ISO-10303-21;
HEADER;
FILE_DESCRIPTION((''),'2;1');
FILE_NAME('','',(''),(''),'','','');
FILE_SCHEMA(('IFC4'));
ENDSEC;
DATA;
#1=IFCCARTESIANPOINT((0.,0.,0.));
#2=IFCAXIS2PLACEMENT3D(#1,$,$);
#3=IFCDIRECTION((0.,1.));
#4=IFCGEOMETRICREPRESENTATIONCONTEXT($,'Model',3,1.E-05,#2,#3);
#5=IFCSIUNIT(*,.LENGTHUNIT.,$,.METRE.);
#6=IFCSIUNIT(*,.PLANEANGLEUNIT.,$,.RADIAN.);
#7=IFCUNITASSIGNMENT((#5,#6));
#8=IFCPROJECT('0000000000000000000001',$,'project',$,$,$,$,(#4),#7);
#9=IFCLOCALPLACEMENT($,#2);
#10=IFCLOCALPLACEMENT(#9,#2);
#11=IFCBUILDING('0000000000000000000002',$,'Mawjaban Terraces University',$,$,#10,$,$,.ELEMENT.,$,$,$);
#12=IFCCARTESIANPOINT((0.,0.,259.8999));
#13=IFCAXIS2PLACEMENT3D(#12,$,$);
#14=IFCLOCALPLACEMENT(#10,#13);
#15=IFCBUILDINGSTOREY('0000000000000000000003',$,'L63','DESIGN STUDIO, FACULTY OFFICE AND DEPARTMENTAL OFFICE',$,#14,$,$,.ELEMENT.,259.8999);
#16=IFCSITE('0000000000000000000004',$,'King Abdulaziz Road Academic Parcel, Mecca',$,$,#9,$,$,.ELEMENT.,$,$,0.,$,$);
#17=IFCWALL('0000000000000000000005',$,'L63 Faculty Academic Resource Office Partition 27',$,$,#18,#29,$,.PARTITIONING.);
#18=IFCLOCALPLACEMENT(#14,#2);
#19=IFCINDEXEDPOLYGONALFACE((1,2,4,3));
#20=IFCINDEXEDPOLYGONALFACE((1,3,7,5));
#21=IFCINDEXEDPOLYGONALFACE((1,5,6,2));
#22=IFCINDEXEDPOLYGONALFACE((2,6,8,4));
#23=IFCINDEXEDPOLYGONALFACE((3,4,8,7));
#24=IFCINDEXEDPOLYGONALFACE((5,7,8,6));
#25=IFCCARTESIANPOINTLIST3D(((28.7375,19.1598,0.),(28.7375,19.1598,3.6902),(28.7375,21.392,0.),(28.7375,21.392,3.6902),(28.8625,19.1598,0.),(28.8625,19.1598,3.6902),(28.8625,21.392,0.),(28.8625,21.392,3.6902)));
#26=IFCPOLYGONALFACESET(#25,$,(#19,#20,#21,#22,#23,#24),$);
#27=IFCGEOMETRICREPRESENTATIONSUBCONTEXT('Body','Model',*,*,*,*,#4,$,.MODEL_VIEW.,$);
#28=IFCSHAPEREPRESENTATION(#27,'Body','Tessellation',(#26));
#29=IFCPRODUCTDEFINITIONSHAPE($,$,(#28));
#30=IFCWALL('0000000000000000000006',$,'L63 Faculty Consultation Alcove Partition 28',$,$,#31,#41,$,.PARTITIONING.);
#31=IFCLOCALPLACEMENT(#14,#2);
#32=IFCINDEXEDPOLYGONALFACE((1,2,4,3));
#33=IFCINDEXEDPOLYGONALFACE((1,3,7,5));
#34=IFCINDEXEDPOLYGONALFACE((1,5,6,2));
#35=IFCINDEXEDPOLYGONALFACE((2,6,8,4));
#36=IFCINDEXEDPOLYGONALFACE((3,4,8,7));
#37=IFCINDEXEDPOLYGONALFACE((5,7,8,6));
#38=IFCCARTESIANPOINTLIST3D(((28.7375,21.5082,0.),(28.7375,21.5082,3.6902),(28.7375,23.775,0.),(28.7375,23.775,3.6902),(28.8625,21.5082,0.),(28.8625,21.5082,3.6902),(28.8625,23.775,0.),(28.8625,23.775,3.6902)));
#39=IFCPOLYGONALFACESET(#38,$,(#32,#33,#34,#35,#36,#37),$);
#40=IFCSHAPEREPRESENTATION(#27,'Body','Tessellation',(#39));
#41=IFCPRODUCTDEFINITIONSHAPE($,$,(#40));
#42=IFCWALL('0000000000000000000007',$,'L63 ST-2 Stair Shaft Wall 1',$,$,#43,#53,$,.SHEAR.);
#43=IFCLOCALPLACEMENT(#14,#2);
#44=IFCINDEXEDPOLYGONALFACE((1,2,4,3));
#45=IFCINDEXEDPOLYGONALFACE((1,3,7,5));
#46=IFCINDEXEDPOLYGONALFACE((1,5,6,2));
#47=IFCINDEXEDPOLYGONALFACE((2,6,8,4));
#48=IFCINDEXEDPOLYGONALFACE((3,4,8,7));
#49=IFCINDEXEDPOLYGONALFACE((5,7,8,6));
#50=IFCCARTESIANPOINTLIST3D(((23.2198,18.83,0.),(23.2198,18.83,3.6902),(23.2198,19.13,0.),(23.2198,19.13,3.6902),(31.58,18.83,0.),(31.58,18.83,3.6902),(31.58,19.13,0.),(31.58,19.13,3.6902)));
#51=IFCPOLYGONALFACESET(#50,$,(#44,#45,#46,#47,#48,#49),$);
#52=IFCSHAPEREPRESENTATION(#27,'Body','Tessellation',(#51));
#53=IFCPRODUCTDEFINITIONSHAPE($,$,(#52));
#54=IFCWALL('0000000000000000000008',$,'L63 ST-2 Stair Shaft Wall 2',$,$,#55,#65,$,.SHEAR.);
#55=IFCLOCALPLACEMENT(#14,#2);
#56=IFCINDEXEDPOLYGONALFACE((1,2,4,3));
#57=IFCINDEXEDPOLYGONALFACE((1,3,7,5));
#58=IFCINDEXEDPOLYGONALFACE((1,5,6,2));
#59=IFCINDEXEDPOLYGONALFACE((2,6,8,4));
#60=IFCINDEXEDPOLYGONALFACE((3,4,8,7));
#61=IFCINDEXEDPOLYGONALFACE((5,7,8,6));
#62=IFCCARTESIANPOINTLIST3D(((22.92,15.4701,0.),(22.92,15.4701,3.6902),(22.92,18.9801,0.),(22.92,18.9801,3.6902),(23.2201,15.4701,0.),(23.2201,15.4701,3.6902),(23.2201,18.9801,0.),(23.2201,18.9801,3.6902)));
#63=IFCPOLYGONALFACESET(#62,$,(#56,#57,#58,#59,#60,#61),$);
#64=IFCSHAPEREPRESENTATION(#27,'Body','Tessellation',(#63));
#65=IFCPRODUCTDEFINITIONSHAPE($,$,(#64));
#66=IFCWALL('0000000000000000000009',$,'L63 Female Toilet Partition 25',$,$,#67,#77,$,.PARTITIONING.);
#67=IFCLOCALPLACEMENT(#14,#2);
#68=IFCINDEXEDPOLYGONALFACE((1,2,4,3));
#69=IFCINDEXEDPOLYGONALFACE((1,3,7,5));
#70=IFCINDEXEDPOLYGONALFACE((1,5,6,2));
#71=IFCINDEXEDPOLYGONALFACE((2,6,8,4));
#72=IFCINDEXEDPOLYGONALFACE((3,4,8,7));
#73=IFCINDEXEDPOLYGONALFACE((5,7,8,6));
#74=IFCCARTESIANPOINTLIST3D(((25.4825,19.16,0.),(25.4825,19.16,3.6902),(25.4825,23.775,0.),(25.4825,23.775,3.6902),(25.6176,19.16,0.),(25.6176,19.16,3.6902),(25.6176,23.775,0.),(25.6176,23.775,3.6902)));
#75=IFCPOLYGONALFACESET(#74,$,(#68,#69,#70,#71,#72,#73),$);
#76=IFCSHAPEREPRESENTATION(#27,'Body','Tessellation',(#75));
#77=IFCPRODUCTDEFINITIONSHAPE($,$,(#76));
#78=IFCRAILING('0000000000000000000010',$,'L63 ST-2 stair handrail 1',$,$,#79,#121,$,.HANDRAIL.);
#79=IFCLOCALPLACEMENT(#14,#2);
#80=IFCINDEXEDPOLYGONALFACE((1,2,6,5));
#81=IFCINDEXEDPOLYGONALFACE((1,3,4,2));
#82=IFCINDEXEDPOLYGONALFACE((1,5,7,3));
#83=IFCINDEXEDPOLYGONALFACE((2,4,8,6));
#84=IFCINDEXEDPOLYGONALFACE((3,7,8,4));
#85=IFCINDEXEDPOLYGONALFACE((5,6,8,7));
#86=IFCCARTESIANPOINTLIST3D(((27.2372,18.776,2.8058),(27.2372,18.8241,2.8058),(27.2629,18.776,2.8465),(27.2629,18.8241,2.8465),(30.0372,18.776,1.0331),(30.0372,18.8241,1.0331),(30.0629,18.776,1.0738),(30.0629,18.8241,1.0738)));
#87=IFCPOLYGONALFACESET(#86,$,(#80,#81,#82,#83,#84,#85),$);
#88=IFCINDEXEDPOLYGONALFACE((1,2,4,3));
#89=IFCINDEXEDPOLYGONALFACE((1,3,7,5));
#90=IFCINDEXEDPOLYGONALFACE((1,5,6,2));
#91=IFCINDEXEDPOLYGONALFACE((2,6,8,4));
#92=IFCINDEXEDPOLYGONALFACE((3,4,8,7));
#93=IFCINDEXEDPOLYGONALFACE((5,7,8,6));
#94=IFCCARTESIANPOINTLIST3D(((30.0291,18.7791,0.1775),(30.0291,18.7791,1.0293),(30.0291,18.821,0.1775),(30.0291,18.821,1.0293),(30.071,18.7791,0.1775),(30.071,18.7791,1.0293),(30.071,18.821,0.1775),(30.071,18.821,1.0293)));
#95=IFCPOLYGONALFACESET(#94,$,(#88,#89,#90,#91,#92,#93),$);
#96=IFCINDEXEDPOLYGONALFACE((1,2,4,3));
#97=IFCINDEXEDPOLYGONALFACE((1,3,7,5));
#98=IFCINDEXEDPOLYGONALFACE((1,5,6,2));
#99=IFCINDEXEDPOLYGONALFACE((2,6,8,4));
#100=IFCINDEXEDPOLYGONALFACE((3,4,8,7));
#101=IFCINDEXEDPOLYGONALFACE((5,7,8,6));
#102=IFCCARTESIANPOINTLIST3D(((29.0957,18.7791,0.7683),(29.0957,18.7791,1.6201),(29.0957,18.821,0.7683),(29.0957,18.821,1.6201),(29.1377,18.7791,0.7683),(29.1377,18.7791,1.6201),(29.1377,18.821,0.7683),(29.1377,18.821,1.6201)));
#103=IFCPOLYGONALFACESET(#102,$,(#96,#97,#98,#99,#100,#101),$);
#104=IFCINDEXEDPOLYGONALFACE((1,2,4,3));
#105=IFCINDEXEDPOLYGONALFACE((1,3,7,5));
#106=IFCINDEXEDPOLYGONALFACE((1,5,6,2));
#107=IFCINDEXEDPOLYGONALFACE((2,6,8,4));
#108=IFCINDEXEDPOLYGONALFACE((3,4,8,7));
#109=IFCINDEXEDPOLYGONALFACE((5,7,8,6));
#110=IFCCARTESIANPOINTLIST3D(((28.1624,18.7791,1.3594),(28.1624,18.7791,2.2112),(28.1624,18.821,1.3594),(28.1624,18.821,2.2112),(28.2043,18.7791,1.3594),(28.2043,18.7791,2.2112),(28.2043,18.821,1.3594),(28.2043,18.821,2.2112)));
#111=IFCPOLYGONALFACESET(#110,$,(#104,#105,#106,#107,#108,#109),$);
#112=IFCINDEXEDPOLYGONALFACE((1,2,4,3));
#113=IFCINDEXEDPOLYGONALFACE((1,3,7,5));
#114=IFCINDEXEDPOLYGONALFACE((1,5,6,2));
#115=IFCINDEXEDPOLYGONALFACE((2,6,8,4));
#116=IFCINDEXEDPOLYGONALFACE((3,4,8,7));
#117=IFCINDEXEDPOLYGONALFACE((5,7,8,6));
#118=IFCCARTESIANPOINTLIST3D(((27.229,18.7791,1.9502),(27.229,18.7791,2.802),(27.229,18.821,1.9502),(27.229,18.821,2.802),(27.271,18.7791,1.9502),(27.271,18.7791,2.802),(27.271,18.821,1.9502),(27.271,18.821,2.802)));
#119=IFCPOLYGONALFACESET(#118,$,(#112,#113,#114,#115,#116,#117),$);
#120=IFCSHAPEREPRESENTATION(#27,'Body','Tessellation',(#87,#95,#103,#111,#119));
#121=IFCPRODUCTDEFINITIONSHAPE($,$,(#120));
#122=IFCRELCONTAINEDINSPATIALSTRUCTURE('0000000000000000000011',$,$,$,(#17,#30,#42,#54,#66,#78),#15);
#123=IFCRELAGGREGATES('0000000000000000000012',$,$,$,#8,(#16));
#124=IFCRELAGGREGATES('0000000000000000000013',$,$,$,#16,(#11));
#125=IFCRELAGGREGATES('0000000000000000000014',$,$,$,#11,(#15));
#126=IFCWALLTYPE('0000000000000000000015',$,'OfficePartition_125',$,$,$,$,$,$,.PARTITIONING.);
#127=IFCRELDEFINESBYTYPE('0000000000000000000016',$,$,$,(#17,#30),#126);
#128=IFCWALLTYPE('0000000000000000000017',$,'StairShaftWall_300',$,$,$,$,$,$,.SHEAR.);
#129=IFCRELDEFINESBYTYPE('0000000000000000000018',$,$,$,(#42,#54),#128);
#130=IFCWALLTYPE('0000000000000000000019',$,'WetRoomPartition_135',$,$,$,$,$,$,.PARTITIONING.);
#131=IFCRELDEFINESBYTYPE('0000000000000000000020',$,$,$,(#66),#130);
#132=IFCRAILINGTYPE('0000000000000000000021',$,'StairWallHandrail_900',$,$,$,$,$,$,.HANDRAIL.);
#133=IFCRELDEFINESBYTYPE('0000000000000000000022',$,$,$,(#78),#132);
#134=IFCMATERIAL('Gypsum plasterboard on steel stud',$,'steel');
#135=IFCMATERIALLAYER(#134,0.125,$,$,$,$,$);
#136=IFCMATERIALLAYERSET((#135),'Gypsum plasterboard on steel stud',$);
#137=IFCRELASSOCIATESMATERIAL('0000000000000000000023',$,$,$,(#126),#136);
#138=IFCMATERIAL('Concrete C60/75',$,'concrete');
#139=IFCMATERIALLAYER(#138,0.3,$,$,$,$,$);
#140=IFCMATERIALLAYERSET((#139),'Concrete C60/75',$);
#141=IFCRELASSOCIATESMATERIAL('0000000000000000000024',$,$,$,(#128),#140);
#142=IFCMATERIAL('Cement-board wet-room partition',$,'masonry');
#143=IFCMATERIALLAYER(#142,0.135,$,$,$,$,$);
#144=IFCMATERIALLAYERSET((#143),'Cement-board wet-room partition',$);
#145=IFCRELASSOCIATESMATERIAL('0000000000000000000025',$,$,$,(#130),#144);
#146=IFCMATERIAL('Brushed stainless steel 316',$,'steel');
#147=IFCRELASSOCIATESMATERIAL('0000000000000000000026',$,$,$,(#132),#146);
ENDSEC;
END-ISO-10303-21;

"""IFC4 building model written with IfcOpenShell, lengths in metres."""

from ifc_helpers import new_model, si_unit, direction, frame, frame_2d, origin, origin_2d, place, context, subcontext, project, spatial, rectangle, extrude, material, layer, layer_set, type_object, element, save


model = new_model("IFC4")

# Units and contexts
model_context = context("Model", 3, precision=1e-05, world=origin(), true_north=direction((0.0, 1.0)))
body_context = subcontext(model_context, "Body", "Model", "MODEL_VIEW")
ifc_project = project(units=[si_unit("LENGTHUNIT", "METRE"), si_unit("PLANEANGLEUNIT", "RADIAN")], contexts=[model_context])

# Site, building, storey
site_placement = place(None, origin())
site = spatial("IfcSite", under=ifc_project, at=site_placement, Name="King Abdulaziz Road Academic Parcel, Mecca", CompositionType="ELEMENT", RefElevation=0.0)
building_placement = place(site_placement, origin())
building = spatial("IfcBuilding", under=site, at=building_placement, Name="Mawjaban Terraces University", CompositionType="ELEMENT")
storey_placement = place(building_placement, frame((0.0, 0.0, 259.8999)))
storey = spatial("IfcBuildingStorey", under=building, at=storey_placement, Name="L63", Description="DESIGN STUDIO, FACULTY OFFICE AND DEPARTMENTAL OFFICE", CompositionType="ELEMENT", Elevation=259.8999)

# Walls
ifc_material_1 = material(Name="Gypsum plasterboard on steel stud", Category="steel")
ifc_layer_1 = layer(ifc_material_1, 0.125)
ifc_layer_set_1 = layer_set([ifc_layer_1], Name="Gypsum plasterboard on steel stud")
wall_type_1 = type_object("IfcWallType", Name="OfficePartition_125", PredefinedType="PARTITIONING", material=ifc_layer_set_1)
wall_1_placement = place(storey_placement, frame((28.8, 21.3921, 0.0), z_axis=(0.0, 0.0, 1.0), x_axis=(0.0, -1.0, 0.0)))
element("IfcWall", 1, at=wall_1_placement, inside=storey, type_object=wall_type_1, Name="L63 Faculty Academic Resource Office Partition 27", PredefinedType="PARTITIONING", context=body_context, shape_type="SweptSolid", body=[
    extrude(rectangle(XDim=2.2322, YDim=0.125, at=frame_2d((1.1162, 0.0))), origin(), (0.0, 0.0, 1.0), 3.6902),
])
wall_2_placement = place(storey_placement, frame((28.8, 23.7749, 0.0), z_axis=(0.0, 0.0, 1.0), x_axis=(0.0, -1.0, 0.0)))
element("IfcWall", 2, at=wall_2_placement, inside=storey, type_object=wall_type_1, Name="L63 Faculty Consultation Alcove Partition 28", PredefinedType="PARTITIONING", context=body_context, shape_type="SweptSolid", body=[
    extrude(rectangle(XDim=2.2668, YDim=0.125, at=frame_2d((1.1333, 0.0))), origin(), (0.0, 0.0, 1.0), 3.6902),
])
ifc_material_2 = material(Name="Concrete C60/75", Category="concrete")
ifc_layer_2 = layer(ifc_material_2, 0.3)
ifc_layer_set_2 = layer_set([ifc_layer_2], Name="Concrete C60/75")
wall_type_2 = type_object("IfcWallType", Name="StairShaftWall_300", PredefinedType="SHEAR", material=ifc_layer_set_2)
wall_3_placement = place(storey_placement, frame((31.5801, 18.98, 0.0), z_axis=(0.0, 0.0, 1.0), x_axis=(-1.0, 0.0, 0.0)))
element("IfcWall", 3, at=wall_3_placement, inside=storey, type_object=wall_type_2, Name="L63 ST-2 Stair Shaft Wall 1", PredefinedType="SHEAR", context=body_context, shape_type="SweptSolid", body=[
    extrude(rectangle(XDim=8.3601, YDim=0.3, at=frame_2d((4.1802, 0.0))), origin(), (0.0, 0.0, 1.0), 3.6902),
])
wall_4_placement = place(storey_placement, frame((23.0701, 18.98, 0.0), z_axis=(0.0, 0.0, 1.0), x_axis=(0.0, -1.0, 0.0)))
element("IfcWall", 4, at=wall_4_placement, inside=storey, type_object=wall_type_2, Name="L63 ST-2 Stair Shaft Wall 2", PredefinedType="SHEAR", context=body_context, shape_type="SweptSolid", body=[
    extrude(rectangle(XDim=3.51, YDim=0.3, at=frame_2d((1.7549, 0.0))), origin(), (0.0, 0.0, 1.0), 3.6902),
])
ifc_material_3 = material(Name="Cement-board wet-room partition", Category="masonry")
ifc_layer_3 = layer(ifc_material_3, 0.135)
ifc_layer_set_3 = layer_set([ifc_layer_3], Name="Cement-board wet-room partition")
wall_type_3 = type_object("IfcWallType", Name="WetRoomPartition_135", PredefinedType="PARTITIONING", material=ifc_layer_set_3)
wall_5_placement = place(storey_placement, frame((25.55, 19.1599, 0.0), z_axis=(0.0, 0.0, 1.0), x_axis=(0.0, 1.0, 0.0)))
element("IfcWall", 5, at=wall_5_placement, inside=storey, type_object=wall_type_3, Name="L63 Female Toilet Partition 25", PredefinedType="PARTITIONING", context=body_context, shape_type="SweptSolid", body=[
    extrude(rectangle(XDim=4.615, YDim=0.135, at=frame_2d((2.3076, 0.0))), origin(), (0.0, 0.0, 1.0), 3.6902),
])

# Railing
ifc_material_4 = material(Name="Brushed stainless steel 316", Category="steel")
railing_type = type_object("IfcRailingType", Name="StairWallHandrail_900", PredefinedType="HANDRAIL", material=ifc_material_4)
railing_placement = place(storey_placement, frame((30.05, 18.8, 0.1775)))
element("IfcRailing", 6, at=railing_placement, inside=storey, type_object=railing_type, Name="L63 ST-2 stair handrail 1", PredefinedType="HANDRAIL", context=body_context, shape_type="SweptSolid", body=[
    extrude(rectangle(XDim=0.0481, YDim=0.0481, at=origin_2d()), frame((0.0, 0.0, 0.876), z_axis=(-0.844909, 0.0, 0.53491), x_axis=(0.0, -1.0, 0.0)), (0.0, 0.0, 1.0), 3.314),
    extrude(rectangle(XDim=0.042, YDim=0.042, at=origin_2d()), origin(), (0.0, 0.0, 1.0), 0.8518),
    extrude(rectangle(XDim=0.042, YDim=0.042, at=origin_2d()), frame((-0.9333, 0.0, 0.5908)), (0.0, 0.0, 1.0), 0.8518),
    extrude(rectangle(XDim=0.042, YDim=0.042, at=origin_2d()), frame((-1.8667, 0.0, 1.1819)), (0.0, 0.0, 1.0), 0.8518),
    extrude(rectangle(XDim=0.042, YDim=0.042, at=origin_2d()), frame((-2.8, 0.0, 1.7727)), (0.0, 0.0, 1.0), 0.8518),
])

save(model, "model.ifc")
